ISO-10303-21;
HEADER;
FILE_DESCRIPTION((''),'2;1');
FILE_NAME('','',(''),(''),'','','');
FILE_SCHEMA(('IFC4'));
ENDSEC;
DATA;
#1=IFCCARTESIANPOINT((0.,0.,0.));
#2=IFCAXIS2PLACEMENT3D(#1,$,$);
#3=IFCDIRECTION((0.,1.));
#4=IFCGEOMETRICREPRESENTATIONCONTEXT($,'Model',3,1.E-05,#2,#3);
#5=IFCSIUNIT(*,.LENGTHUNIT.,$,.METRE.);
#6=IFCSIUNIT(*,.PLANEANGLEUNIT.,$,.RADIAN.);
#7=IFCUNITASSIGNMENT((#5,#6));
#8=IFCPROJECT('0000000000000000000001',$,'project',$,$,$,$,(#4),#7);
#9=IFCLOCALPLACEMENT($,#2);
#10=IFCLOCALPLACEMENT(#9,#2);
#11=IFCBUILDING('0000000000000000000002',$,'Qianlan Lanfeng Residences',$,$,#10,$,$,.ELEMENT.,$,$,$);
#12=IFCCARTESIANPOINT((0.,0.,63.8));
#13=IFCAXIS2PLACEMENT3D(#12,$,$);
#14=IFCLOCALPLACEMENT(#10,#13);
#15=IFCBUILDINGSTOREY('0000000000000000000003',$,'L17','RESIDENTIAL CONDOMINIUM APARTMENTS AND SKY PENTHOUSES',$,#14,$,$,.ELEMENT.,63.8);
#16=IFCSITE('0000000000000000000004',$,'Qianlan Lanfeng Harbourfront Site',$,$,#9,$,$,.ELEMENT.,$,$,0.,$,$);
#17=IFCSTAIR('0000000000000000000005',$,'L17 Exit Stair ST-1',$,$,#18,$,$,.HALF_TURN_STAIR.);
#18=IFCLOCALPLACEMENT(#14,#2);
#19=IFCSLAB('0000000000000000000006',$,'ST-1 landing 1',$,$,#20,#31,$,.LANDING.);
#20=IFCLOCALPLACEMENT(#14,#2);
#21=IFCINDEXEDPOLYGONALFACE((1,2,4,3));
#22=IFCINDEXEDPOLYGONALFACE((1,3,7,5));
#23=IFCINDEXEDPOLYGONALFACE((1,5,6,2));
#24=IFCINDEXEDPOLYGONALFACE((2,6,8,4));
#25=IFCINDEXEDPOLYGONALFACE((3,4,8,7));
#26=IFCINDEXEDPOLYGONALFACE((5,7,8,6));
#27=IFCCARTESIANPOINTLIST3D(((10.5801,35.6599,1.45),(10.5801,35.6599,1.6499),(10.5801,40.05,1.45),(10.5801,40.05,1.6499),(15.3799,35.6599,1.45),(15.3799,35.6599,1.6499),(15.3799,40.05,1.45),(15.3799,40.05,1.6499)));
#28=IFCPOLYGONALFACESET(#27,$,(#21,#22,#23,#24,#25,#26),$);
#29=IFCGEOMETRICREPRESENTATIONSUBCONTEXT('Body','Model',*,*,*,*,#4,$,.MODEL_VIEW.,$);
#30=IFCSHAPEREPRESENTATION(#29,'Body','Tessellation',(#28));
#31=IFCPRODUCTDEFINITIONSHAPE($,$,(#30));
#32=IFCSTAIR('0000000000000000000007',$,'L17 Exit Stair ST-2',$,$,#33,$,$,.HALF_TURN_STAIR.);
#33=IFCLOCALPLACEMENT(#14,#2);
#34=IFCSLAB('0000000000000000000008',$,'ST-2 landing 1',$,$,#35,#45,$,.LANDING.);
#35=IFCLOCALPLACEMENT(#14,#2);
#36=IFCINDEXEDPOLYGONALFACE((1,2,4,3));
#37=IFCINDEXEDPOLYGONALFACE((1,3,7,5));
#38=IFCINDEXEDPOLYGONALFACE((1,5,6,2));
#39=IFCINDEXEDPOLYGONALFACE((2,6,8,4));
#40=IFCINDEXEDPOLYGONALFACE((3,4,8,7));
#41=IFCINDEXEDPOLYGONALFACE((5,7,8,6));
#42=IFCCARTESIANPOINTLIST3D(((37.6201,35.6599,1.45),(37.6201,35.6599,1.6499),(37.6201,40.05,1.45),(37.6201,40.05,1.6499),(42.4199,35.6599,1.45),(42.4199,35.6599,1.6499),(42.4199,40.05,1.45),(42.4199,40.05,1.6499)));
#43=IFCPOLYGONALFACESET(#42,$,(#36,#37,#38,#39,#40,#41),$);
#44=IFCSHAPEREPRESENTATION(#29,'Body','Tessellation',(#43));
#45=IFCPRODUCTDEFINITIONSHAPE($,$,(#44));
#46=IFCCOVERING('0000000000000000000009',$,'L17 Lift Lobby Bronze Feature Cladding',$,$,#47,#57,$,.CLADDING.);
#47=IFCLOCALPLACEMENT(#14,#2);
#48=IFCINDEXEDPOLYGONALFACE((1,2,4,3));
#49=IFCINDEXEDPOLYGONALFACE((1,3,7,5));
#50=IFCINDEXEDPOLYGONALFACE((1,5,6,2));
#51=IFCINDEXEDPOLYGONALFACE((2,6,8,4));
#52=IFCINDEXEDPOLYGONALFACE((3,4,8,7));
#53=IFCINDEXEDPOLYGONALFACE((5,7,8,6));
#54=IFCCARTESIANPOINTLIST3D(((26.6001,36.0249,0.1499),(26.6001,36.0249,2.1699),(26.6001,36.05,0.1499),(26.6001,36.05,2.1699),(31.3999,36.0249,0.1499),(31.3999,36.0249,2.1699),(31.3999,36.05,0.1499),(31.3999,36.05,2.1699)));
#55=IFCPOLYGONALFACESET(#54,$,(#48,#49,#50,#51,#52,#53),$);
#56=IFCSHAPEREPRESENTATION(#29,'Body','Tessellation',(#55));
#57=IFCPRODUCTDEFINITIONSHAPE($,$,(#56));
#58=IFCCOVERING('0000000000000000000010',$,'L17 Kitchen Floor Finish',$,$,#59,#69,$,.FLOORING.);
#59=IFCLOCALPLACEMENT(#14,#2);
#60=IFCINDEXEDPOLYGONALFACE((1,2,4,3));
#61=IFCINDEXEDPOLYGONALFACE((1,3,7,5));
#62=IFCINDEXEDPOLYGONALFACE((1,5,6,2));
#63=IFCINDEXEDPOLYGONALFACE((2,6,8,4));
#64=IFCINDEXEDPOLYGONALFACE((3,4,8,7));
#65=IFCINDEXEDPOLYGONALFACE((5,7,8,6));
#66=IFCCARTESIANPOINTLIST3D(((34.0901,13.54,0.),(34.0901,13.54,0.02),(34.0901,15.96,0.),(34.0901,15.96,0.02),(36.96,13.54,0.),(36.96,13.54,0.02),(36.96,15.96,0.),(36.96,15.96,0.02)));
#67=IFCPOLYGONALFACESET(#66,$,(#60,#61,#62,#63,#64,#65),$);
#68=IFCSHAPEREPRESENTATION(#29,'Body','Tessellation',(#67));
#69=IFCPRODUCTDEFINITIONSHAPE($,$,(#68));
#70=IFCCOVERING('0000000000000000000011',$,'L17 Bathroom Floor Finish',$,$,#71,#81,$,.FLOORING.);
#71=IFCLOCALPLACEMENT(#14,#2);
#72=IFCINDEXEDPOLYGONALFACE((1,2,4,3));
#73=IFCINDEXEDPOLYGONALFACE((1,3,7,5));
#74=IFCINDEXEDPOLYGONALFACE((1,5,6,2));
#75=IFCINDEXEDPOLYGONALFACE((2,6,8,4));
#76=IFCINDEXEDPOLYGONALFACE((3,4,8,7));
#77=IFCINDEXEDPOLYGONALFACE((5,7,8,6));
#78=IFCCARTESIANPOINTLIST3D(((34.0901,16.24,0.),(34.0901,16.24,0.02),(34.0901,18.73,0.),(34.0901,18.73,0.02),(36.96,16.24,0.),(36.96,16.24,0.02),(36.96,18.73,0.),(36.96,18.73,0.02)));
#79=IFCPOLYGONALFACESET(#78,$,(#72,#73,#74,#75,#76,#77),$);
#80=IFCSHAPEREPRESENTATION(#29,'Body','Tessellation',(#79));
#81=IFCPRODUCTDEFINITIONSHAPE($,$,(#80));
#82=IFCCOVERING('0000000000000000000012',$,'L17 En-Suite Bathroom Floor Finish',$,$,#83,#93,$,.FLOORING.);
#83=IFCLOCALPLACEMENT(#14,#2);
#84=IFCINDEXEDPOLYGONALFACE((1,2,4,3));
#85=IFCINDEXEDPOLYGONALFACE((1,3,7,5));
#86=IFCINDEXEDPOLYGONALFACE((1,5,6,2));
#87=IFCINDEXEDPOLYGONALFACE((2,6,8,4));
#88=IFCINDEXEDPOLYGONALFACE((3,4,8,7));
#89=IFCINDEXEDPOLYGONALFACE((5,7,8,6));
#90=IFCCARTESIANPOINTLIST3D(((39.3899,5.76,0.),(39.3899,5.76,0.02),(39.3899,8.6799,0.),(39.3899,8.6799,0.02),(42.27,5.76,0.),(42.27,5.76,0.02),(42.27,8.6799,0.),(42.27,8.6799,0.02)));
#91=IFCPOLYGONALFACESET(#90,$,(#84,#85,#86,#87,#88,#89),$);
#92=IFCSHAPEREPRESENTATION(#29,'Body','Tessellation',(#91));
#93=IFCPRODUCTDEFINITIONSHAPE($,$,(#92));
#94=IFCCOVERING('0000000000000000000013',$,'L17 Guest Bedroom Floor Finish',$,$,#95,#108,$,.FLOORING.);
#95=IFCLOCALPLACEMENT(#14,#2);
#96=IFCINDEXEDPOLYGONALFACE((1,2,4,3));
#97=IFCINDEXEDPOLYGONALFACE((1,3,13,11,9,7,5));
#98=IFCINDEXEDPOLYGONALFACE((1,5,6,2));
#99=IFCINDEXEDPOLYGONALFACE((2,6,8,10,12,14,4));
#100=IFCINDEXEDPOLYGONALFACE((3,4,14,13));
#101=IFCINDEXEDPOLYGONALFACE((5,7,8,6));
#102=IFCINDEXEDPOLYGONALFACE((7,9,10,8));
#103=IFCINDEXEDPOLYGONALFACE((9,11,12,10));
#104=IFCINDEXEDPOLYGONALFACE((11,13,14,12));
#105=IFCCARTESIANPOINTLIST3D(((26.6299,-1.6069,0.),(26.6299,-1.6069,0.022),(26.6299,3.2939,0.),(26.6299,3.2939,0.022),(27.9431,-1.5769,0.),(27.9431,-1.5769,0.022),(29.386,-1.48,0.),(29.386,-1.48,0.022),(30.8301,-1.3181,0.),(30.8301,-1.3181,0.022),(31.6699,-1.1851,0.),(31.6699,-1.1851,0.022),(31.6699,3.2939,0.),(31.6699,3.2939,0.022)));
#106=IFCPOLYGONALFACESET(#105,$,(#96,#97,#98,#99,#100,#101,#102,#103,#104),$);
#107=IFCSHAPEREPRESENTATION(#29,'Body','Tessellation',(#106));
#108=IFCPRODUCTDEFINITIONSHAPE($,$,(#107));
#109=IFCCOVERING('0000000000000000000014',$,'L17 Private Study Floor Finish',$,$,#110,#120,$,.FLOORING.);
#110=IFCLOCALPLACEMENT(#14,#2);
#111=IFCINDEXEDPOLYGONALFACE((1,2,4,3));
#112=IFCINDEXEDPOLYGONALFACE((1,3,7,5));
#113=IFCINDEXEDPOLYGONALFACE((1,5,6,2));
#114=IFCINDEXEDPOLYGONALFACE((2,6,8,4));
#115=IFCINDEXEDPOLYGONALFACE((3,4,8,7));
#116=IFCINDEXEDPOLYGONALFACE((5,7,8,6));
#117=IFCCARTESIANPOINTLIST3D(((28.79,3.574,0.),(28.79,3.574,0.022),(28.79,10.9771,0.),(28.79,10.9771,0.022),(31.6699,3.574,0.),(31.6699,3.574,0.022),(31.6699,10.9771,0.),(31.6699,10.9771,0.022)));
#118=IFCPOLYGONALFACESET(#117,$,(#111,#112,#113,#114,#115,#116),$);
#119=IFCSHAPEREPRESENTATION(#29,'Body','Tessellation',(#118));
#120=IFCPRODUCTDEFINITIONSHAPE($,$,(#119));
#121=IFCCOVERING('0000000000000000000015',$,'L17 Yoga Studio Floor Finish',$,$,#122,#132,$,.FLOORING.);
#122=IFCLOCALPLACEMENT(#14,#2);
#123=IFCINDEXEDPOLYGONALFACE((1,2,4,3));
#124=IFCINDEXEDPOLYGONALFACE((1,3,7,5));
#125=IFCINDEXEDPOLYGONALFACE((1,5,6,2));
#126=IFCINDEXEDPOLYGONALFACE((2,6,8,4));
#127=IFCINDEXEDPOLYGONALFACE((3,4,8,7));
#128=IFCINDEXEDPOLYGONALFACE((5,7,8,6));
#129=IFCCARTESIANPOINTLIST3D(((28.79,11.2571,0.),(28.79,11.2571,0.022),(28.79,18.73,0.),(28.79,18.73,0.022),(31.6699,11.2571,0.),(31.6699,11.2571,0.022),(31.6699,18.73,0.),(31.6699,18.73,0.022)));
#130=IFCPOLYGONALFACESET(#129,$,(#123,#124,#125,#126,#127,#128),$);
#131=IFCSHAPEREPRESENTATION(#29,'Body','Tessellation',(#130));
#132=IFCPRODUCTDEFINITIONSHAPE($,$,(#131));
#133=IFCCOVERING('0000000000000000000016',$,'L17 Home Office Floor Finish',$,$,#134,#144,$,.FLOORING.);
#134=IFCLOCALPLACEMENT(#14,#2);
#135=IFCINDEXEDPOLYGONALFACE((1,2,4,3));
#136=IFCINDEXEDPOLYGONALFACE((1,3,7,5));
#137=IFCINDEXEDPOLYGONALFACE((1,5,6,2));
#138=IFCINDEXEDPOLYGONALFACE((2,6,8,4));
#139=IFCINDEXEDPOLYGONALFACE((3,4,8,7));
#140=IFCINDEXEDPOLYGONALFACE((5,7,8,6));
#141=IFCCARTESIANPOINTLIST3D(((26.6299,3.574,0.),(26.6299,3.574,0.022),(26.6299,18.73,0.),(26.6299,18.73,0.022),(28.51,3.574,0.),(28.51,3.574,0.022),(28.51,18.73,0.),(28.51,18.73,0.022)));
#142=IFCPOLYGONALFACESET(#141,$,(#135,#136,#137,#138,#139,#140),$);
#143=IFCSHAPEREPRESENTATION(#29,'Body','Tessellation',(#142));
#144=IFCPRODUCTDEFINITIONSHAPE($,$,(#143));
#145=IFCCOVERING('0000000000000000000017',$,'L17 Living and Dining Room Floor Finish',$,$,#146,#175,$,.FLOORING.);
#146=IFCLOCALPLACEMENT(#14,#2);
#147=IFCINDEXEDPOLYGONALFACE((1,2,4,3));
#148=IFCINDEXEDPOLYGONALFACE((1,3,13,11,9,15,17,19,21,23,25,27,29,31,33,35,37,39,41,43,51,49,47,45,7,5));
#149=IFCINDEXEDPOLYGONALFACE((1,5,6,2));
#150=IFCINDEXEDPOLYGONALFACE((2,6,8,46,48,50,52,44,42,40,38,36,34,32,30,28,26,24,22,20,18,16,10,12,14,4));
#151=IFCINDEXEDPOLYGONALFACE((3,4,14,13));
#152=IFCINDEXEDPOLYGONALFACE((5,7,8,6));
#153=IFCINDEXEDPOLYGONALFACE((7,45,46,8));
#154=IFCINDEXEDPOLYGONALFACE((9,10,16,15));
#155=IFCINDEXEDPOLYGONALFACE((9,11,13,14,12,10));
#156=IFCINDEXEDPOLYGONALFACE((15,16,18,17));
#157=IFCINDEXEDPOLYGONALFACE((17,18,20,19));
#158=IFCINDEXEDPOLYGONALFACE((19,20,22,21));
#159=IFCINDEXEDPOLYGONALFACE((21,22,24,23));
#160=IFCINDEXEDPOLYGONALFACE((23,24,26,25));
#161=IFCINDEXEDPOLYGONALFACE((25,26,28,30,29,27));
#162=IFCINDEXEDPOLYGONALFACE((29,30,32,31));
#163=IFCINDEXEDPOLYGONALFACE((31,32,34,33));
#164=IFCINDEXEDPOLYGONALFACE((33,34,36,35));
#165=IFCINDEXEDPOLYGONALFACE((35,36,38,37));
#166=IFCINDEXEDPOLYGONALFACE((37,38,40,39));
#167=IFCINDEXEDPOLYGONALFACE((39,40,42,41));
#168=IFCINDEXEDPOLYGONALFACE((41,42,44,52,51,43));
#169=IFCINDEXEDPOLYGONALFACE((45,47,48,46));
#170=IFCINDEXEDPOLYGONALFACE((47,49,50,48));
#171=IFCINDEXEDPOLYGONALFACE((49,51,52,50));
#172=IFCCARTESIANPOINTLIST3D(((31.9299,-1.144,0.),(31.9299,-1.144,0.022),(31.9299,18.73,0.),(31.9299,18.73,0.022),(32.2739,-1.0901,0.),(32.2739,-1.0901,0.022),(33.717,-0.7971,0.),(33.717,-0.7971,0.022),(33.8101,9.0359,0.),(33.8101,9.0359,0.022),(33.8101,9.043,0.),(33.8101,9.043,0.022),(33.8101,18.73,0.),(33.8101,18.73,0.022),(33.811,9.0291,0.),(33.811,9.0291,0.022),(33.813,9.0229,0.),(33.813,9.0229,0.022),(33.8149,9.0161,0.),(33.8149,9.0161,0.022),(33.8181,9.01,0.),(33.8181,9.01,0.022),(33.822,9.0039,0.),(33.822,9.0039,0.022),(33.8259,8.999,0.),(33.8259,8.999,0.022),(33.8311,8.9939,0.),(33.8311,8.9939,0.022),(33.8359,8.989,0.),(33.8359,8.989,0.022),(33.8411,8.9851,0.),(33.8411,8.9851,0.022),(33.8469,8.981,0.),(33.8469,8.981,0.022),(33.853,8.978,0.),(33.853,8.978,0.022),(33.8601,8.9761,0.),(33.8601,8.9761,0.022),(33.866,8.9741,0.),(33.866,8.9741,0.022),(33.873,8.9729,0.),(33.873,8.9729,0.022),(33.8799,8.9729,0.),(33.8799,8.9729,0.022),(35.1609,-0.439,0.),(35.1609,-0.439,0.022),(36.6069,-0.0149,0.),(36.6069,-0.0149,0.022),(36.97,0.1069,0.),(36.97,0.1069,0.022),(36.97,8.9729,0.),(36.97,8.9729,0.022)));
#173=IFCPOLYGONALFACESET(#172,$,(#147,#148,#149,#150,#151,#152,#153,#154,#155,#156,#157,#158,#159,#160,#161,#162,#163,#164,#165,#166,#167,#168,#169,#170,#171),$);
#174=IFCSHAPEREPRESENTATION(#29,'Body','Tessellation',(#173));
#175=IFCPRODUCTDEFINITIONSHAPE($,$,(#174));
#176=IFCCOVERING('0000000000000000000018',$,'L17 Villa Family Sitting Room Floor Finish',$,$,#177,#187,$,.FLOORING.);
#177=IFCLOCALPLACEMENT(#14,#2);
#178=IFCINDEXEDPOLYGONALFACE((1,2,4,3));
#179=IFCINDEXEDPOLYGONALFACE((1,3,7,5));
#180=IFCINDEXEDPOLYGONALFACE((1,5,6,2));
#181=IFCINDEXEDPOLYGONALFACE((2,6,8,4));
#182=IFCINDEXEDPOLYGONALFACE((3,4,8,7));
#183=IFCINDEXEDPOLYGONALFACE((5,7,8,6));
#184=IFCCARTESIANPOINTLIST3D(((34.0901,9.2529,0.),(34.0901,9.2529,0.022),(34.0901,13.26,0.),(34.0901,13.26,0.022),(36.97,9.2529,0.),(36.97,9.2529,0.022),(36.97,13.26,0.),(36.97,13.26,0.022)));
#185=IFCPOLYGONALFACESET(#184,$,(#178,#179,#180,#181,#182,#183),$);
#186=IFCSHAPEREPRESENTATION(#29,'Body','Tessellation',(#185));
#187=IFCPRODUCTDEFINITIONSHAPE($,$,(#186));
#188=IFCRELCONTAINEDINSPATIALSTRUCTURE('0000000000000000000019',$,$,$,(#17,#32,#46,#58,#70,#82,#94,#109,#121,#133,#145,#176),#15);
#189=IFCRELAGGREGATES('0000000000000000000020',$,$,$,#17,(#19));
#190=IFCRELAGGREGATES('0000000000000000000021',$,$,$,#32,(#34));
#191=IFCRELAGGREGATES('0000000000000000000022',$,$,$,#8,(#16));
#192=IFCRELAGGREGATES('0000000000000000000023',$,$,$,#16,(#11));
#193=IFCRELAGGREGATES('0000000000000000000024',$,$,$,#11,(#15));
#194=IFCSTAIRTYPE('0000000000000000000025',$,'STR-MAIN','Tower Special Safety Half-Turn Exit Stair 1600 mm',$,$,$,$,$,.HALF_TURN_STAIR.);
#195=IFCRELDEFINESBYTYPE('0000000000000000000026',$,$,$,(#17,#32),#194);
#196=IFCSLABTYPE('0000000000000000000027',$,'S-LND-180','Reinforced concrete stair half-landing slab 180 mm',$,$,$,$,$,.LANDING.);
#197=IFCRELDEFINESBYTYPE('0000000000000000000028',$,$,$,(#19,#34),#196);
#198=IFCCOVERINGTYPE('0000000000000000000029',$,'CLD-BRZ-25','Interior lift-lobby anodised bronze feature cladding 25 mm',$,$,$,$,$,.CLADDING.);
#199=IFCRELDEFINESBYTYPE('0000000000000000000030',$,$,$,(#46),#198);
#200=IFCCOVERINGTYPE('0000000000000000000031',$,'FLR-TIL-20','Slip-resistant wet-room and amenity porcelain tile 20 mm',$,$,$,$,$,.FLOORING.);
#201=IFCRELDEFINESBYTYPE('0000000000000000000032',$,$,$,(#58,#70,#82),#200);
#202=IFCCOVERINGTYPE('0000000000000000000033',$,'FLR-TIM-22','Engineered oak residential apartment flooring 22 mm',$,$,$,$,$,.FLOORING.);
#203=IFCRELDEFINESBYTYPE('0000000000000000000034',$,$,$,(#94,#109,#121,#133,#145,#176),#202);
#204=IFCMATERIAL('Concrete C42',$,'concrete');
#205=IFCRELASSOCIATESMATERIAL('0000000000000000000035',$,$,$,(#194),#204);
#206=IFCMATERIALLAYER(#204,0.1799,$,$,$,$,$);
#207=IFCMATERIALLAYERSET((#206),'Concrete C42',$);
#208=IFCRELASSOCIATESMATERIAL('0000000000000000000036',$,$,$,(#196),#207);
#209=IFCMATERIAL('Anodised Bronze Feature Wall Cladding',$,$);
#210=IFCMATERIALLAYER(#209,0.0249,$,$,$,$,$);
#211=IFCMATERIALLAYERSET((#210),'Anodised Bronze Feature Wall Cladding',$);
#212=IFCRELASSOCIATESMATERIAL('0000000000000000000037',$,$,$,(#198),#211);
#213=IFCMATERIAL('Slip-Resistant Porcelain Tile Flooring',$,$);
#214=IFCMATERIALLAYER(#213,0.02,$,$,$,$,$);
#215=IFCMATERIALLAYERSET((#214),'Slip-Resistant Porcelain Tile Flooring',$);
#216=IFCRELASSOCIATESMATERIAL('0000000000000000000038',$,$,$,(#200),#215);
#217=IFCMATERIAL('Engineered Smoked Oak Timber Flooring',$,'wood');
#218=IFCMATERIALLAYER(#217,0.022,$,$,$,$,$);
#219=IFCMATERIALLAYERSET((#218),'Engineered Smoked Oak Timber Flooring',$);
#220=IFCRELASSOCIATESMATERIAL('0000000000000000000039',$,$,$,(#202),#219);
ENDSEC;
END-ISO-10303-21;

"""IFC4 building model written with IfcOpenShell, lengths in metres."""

from ifc_helpers import new_model, si_unit, direction, frame, origin, place, context, subcontext, project, spatial, polyline, outline, extrude, material, layer, layer_set, type_object, element, aggregate, save


model = new_model("IFC4")

# Units and contexts
model_context = context("Model", 3, precision=1e-05, world=origin(), true_north=direction((0.0, 1.0)))
body_context = subcontext(model_context, "Body", "Model", "MODEL_VIEW")
ifc_project = project(units=[si_unit("LENGTHUNIT", "METRE"), si_unit("PLANEANGLEUNIT", "RADIAN")], contexts=[model_context])

# Site, building, storey
site_placement = place(None, origin())
site = spatial("IfcSite", under=ifc_project, at=site_placement, Name="Qianlan Lanfeng Harbourfront Site", CompositionType="ELEMENT", RefElevation=0.0)
building_placement = place(site_placement, origin())
building = spatial("IfcBuilding", under=site, at=building_placement, Name="Qianlan Lanfeng Residences", CompositionType="ELEMENT")
storey_placement = place(building_placement, frame((0.0, 0.0, 63.8)))
storey = spatial("IfcBuildingStorey", under=building, at=storey_placement, Name="L17", Description="RESIDENTIAL CONDOMINIUM APARTMENTS AND SKY PENTHOUSES", CompositionType="ELEMENT", Elevation=63.8)

# Stairs, slabs
ifc_material_1 = material(Name="Concrete C42", Category="concrete")
stair_type = type_object("IfcStairType", Name="STR-MAIN", Description="Tower Special Safety Half-Turn Exit Stair 1600 mm", PredefinedType="HALF_TURN_STAIR", material=ifc_material_1)
stair_1_placement = place(storey_placement, origin())
stair_1 = element("IfcStair", 1, at=stair_1_placement, inside=storey, type_object=stair_type, Name="L17 Exit Stair ST-1", PredefinedType="HALF_TURN_STAIR")
ifc_layer_1 = layer(ifc_material_1, 0.1799)
ifc_layer_set_1 = layer_set([ifc_layer_1], Name="Concrete C42")
slab_type = type_object("IfcSlabType", Name="S-LND-180", Description="Reinforced concrete stair half-landing slab 180 mm", PredefinedType="LANDING", material=ifc_layer_set_1)
slab_1_placement = place(storey_placement, frame((0.0, 0.0, 1.45)))
slab_1 = element("IfcSlab", 2, at=slab_1_placement, type_object=slab_type, Name="ST-1 landing 1", PredefinedType="LANDING", context=body_context, shape_type="SweptSolid", body=[
    extrude(outline(polyline([(10.5801, 35.6599), (15.3799, 35.6599), (15.3799, 40.05), (10.5801, 40.05), (10.5801, 35.6599)])), origin(), (0.0, 0.0, 1.0), 0.2),
])
aggregate(stair_1, [slab_1])
stair_2_placement = place(storey_placement, origin())
stair_2 = element("IfcStair", 3, at=stair_2_placement, inside=storey, type_object=stair_type, Name="L17 Exit Stair ST-2", PredefinedType="HALF_TURN_STAIR")
slab_2_placement = place(storey_placement, frame((0.0, 0.0, 1.45)))
slab_2 = element("IfcSlab", 4, at=slab_2_placement, type_object=slab_type, Name="ST-2 landing 1", PredefinedType="LANDING", context=body_context, shape_type="SweptSolid", body=[
    extrude(outline(polyline([(37.6201, 35.6599), (42.4199, 35.6599), (42.4199, 40.05), (37.6201, 40.05), (37.6201, 35.6599)])), origin(), (0.0, 0.0, 1.0), 0.2),
])
aggregate(stair_2, [slab_2])

# Coverings
ifc_material_2 = material(Name="Anodised Bronze Feature Wall Cladding")
ifc_layer_2 = layer(ifc_material_2, 0.0249)
ifc_layer_set_2 = layer_set([ifc_layer_2], Name="Anodised Bronze Feature Wall Cladding")
covering_type_1 = type_object("IfcCoveringType", Name="CLD-BRZ-25", Description="Interior lift-lobby anodised bronze feature cladding 25 mm", PredefinedType="CLADDING", material=ifc_layer_set_2)
covering_1_placement = place(storey_placement, frame((0.0, 0.0, 0.1499)))
element("IfcCovering", 5, at=covering_1_placement, inside=storey, type_object=covering_type_1, Name="L17 Lift Lobby Bronze Feature Cladding", PredefinedType="CLADDING", context=body_context, shape_type="SweptSolid", body=[
    extrude(outline(polyline([(26.6001, 36.0249), (31.3999, 36.0249), (31.3999, 36.05), (26.6001, 36.05), (26.6001, 36.0249)])), origin(), (0.0, 0.0, 1.0), 2.02),
])
ifc_material_3 = material(Name="Slip-Resistant Porcelain Tile Flooring")
ifc_layer_3 = layer(ifc_material_3, 0.02)
ifc_layer_set_3 = layer_set([ifc_layer_3], Name="Slip-Resistant Porcelain Tile Flooring")
covering_type_2 = type_object("IfcCoveringType", Name="FLR-TIL-20", Description="Slip-resistant wet-room and amenity porcelain tile 20 mm", PredefinedType="FLOORING", material=ifc_layer_set_3)
covering_2_placement = place(storey_placement, origin())
element("IfcCovering", 6, at=covering_2_placement, inside=storey, type_object=covering_type_2, Name="L17 Kitchen Floor Finish", PredefinedType="FLOORING", context=body_context, shape_type="SweptSolid", body=[
    extrude(outline(polyline([(34.0901, 13.54), (36.96, 13.54), (36.96, 15.96), (34.0901, 15.96), (34.0901, 13.54)])), origin(), (0.0, 0.0, 1.0), 0.02),
])
covering_3_placement = place(storey_placement, origin())
element("IfcCovering", 7, at=covering_3_placement, inside=storey, type_object=covering_type_2, Name="L17 Bathroom Floor Finish", PredefinedType="FLOORING", context=body_context, shape_type="SweptSolid", body=[
    extrude(outline(polyline([(34.0901, 16.24), (36.96, 16.24), (36.96, 18.73), (34.0901, 18.73), (34.0901, 16.24)])), origin(), (0.0, 0.0, 1.0), 0.02),
])
covering_4_placement = place(storey_placement, origin())
element("IfcCovering", 8, at=covering_4_placement, inside=storey, type_object=covering_type_2, Name="L17 En-Suite Bathroom Floor Finish", PredefinedType="FLOORING", context=body_context, shape_type="SweptSolid", body=[
    extrude(outline(polyline([(39.3899, 5.76), (42.27, 5.76), (42.27, 8.6799), (39.3899, 8.6799), (39.3899, 5.76)])), origin(), (0.0, 0.0, 1.0), 0.02),
])
ifc_material_4 = material(Name="Engineered Smoked Oak Timber Flooring", Category="wood")
ifc_layer_4 = layer(ifc_material_4, 0.022)
ifc_layer_set_4 = layer_set([ifc_layer_4], Name="Engineered Smoked Oak Timber Flooring")
covering_type_3 = type_object("IfcCoveringType", Name="FLR-TIM-22", Description="Engineered oak residential apartment flooring 22 mm", PredefinedType="FLOORING", material=ifc_layer_set_4)
covering_5_placement = place(storey_placement, origin())
element("IfcCovering", 9, at=covering_5_placement, inside=storey, type_object=covering_type_3, Name="L17 Guest Bedroom Floor Finish", PredefinedType="FLOORING", context=body_context, shape_type="SweptSolid", body=[
    extrude(outline(polyline([(26.6299, 3.2939), (26.6299, -1.6069), (27.9431, -1.5769), (29.386, -1.48), (30.8301, -1.3181), (31.6699, -1.1851), (31.6699, 3.2939), (26.6299, 3.2939)])), origin(), (0.0, 0.0, 1.0), 0.022),
])
covering_6_placement = place(storey_placement, origin())
element("IfcCovering", 10, at=covering_6_placement, inside=storey, type_object=covering_type_3, Name="L17 Private Study Floor Finish", PredefinedType="FLOORING", context=body_context, shape_type="SweptSolid", body=[
    extrude(outline(polyline([(28.79, 3.574), (31.6699, 3.574), (31.6699, 10.9771), (28.79, 10.9771), (28.79, 3.574)])), origin(), (0.0, 0.0, 1.0), 0.022),
])
covering_7_placement = place(storey_placement, origin())
element("IfcCovering", 11, at=covering_7_placement, inside=storey, type_object=covering_type_3, Name="L17 Yoga Studio Floor Finish", PredefinedType="FLOORING", context=body_context, shape_type="SweptSolid", body=[
    extrude(outline(polyline([(28.79, 11.2571), (31.6699, 11.2571), (31.6699, 18.73), (28.79, 18.73), (28.79, 11.2571)])), origin(), (0.0, 0.0, 1.0), 0.022),
])
covering_8_placement = place(storey_placement, origin())
element("IfcCovering", 12, at=covering_8_placement, inside=storey, type_object=covering_type_3, Name="L17 Home Office Floor Finish", PredefinedType="FLOORING", context=body_context, shape_type="SweptSolid", body=[
    extrude(outline(polyline([(26.6299, 3.574), (28.51, 3.574), (28.51, 18.73), (26.6299, 18.73), (26.6299, 3.574)])), origin(), (0.0, 0.0, 1.0), 0.022),
])
covering_9_placement = place(storey_placement, origin())
element("IfcCovering", 13, at=covering_9_placement, inside=storey, type_object=covering_type_3, Name="L17 Living and Dining Room Floor Finish", PredefinedType="FLOORING", context=body_context, shape_type="SweptSolid", body=[
    extrude(outline(polyline([(36.97, 0.1069), (36.97, 8.9729), (33.8799, 8.9729), (33.873, 8.9729), (33.866, 8.9741), (33.8601, 8.9761), (33.853, 8.978), (33.8469, 8.981), (33.8411, 8.9851), (33.8359, 8.989), (33.8311, 8.9939), (33.8259, 8.999), (33.822, 9.0039), (33.8181, 9.01), (33.8149, 9.0161), (33.813, 9.0229), (33.811, 9.0291), (33.8101, 9.0359), (33.8101, 9.043), (33.8101, 18.73), (31.9299, 18.73), (31.9299, -1.144), (32.2739, -1.0901), (33.717, -0.7971), (35.1609, -0.439), (36.6069, -0.0149), (36.97, 0.1069)])), origin(), (0.0, 0.0, 1.0), 0.022),
])
covering_10_placement = place(storey_placement, origin())
element("IfcCovering", 14, at=covering_10_placement, inside=storey, type_object=covering_type_3, Name="L17 Villa Family Sitting Room Floor Finish", PredefinedType="FLOORING", context=body_context, shape_type="SweptSolid", body=[
    extrude(outline(polyline([(34.0901, 13.26), (34.0901, 9.2529), (36.97, 9.2529), (36.97, 13.26), (34.0901, 13.26)])), origin(), (0.0, 0.0, 1.0), 0.022),
])

save(model, "model.ifc")
